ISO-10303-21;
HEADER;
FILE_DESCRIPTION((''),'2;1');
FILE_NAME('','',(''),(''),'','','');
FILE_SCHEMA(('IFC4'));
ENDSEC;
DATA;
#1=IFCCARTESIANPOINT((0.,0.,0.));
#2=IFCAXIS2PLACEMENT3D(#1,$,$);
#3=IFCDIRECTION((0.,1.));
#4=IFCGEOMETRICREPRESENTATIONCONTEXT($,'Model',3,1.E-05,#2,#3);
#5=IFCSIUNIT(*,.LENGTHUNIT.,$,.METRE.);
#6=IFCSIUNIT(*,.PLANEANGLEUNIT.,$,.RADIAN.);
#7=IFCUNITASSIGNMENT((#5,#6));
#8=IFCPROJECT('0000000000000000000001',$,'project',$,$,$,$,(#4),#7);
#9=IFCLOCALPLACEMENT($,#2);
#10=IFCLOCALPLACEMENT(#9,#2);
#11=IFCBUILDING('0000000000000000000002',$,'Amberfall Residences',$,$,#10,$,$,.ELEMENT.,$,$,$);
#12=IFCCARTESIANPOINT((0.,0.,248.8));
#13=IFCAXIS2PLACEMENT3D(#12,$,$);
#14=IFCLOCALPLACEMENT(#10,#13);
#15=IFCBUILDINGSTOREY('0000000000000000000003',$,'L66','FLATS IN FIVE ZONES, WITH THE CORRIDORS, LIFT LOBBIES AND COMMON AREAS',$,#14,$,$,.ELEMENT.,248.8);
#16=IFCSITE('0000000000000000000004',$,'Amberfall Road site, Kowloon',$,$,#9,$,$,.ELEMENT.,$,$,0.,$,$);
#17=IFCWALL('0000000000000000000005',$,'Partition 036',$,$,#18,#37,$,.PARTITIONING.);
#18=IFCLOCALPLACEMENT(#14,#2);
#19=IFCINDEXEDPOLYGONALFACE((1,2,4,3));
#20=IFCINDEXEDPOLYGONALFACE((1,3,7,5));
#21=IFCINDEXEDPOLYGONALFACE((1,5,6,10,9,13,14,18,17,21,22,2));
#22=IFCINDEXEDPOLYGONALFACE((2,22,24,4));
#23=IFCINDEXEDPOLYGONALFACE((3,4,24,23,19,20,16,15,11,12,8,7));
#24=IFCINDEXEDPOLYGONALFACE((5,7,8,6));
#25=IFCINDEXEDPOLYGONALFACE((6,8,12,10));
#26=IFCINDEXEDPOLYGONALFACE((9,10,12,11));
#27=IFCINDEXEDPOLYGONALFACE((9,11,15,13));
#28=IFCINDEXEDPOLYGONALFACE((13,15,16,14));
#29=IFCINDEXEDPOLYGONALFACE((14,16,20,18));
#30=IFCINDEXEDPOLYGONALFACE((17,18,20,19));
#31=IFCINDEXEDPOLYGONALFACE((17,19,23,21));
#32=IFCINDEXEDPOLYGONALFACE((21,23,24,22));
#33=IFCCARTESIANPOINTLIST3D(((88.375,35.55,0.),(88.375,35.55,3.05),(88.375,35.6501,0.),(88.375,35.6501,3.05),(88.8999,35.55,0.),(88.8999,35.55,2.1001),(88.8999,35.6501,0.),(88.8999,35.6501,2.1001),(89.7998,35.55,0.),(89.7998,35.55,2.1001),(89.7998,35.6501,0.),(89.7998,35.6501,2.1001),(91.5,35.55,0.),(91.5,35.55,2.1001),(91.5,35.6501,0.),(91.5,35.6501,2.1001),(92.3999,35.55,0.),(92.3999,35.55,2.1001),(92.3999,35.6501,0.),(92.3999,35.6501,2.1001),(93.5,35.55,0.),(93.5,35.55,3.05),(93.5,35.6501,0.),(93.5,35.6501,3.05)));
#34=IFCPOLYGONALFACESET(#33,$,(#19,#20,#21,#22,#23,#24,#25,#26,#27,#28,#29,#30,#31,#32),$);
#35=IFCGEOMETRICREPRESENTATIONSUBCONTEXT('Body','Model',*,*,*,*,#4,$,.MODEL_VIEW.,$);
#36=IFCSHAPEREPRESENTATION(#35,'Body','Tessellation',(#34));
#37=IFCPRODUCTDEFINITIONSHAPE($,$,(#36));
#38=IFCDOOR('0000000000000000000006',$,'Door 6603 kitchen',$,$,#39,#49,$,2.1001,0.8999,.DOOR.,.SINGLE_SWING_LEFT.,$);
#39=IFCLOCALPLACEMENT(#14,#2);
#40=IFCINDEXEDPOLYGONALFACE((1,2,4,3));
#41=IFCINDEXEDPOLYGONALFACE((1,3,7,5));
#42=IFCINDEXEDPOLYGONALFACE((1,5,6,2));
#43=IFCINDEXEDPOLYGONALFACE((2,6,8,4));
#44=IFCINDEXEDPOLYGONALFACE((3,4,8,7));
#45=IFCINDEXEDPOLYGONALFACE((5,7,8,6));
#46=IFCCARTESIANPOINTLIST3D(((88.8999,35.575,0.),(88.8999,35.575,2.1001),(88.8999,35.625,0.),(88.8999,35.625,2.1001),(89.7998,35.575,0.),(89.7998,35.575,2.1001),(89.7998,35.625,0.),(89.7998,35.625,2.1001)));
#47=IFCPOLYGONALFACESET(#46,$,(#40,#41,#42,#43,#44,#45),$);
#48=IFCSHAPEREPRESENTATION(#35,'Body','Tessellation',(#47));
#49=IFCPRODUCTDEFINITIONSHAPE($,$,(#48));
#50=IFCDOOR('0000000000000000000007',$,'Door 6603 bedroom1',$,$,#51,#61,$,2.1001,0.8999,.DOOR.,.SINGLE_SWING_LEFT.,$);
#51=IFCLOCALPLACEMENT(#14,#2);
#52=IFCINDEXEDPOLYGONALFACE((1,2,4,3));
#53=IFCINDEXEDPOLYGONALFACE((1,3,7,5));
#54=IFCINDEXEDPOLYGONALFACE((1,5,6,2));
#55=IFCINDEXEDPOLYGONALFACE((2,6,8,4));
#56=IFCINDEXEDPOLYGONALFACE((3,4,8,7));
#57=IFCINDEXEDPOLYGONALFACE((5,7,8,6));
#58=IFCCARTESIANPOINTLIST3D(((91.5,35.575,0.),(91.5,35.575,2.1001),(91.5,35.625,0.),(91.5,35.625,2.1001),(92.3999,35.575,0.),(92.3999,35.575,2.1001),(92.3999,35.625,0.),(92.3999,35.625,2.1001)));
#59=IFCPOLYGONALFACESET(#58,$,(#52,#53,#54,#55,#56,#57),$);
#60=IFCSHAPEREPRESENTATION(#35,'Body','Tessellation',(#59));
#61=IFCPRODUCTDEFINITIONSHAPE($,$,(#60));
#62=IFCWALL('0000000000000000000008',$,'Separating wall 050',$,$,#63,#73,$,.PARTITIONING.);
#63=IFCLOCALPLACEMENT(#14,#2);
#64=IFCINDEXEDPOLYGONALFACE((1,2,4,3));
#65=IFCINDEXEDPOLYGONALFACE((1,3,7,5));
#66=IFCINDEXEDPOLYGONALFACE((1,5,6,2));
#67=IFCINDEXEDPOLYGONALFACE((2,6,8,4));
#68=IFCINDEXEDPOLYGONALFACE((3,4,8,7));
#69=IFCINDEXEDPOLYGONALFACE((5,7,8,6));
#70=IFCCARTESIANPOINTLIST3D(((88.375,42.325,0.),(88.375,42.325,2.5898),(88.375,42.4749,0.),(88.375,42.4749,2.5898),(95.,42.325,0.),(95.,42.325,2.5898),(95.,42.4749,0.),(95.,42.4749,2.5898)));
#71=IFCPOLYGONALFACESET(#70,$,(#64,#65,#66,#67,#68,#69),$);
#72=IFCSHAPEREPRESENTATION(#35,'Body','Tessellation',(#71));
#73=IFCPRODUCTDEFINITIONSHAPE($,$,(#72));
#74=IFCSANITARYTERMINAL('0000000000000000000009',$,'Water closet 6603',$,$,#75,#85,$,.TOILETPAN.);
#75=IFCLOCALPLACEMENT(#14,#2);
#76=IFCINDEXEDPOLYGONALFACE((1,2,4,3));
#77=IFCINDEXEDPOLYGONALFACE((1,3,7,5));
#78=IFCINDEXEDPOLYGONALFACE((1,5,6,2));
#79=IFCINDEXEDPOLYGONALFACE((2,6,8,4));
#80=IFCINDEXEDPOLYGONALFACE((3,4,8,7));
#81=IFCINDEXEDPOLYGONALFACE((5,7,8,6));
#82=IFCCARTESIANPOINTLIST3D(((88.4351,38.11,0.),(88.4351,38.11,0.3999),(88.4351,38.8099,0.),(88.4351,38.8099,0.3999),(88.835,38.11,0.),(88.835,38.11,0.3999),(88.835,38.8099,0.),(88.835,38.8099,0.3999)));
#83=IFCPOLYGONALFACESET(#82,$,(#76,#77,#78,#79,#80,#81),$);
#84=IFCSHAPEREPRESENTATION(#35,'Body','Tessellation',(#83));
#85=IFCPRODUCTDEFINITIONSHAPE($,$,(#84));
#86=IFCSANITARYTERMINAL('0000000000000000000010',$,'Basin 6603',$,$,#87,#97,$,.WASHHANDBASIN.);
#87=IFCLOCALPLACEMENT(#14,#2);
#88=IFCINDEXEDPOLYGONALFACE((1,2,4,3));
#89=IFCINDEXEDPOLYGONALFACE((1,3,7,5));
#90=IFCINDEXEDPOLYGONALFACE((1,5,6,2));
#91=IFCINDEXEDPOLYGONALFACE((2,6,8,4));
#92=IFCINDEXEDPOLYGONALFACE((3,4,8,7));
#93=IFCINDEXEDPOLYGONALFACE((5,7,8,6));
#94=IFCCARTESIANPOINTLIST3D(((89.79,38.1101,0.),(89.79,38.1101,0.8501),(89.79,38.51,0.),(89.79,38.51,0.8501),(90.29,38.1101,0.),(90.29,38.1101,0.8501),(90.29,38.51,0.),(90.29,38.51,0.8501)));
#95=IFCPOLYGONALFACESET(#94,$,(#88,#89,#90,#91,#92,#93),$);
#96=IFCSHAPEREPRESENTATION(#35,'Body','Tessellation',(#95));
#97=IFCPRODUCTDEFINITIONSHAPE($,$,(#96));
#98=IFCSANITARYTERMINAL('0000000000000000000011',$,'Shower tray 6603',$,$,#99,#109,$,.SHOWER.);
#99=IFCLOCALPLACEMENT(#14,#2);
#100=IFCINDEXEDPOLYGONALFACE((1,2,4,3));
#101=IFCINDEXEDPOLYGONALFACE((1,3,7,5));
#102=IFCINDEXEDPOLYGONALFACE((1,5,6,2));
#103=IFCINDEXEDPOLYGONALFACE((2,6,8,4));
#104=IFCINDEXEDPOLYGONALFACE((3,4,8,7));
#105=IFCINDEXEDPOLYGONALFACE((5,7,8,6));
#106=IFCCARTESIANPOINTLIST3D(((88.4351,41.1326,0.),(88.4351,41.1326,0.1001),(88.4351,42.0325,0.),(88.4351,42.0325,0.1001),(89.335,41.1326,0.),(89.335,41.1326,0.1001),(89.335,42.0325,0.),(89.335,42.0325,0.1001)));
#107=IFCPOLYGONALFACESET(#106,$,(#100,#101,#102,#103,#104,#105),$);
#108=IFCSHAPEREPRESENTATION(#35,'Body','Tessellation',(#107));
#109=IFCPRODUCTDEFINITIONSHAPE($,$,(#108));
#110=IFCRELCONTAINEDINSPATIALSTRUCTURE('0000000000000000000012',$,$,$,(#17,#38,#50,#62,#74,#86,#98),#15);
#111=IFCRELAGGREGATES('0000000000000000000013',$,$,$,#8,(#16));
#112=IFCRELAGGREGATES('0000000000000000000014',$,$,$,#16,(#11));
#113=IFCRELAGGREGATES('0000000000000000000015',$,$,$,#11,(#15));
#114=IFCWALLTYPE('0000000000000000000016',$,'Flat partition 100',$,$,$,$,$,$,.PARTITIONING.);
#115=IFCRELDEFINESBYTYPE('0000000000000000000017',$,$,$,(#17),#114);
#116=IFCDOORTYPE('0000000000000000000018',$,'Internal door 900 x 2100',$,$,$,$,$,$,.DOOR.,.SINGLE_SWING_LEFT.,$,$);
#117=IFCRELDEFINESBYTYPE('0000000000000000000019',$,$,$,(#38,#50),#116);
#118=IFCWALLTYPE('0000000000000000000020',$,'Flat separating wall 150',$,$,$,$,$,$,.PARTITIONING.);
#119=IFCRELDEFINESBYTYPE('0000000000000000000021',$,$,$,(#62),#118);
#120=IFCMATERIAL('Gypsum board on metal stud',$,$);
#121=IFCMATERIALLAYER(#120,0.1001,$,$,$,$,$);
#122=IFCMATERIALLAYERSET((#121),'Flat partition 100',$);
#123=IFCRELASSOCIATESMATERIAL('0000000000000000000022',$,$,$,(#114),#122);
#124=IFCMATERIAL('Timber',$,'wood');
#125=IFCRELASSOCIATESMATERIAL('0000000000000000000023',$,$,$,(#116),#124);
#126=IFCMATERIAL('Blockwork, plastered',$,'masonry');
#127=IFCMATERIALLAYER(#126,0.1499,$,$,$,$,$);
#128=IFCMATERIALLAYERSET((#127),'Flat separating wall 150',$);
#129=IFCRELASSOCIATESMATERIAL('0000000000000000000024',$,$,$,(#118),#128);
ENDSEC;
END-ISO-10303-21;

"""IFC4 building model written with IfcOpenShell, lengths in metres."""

from ifc_helpers import new_model, si_unit, direction, frame, frame_2d, origin, origin_2d, place, context, subcontext, project, spatial, rectangle, extrude, material, layer, layer_set, type_object, element, fill, save


model = new_model("IFC4")

# Units and contexts
model_context = context("Model", 3, precision=1e-05, world=origin(), true_north=direction((0.0, 1.0)))
body_context = subcontext(model_context, "Body", "Model", "MODEL_VIEW")
ifc_project = project(units=[si_unit("LENGTHUNIT", "METRE"), si_unit("PLANEANGLEUNIT", "RADIAN")], contexts=[model_context])

# Site, building, storey
site_placement = place(None, origin())
site = spatial("IfcSite", under=ifc_project, at=site_placement, Name="Amberfall Road site, Kowloon", CompositionType="ELEMENT", RefElevation=0.0)
building_placement = place(site_placement, origin())
building = spatial("IfcBuilding", under=site, at=building_placement, Name="Amberfall Residences", CompositionType="ELEMENT")
storey_placement = place(building_placement, frame((0.0, 0.0, 248.8)))
storey = spatial("IfcBuildingStorey", under=building, at=storey_placement, Name="L66", Description="FLATS IN FIVE ZONES, WITH THE CORRIDORS, LIFT LOBBIES AND COMMON AREAS", CompositionType="ELEMENT", Elevation=248.8)

# Shared definitions
ifc_material_1 = material(Name="Gypsum board on metal stud")
ifc_layer_1 = layer(ifc_material_1, 0.1001)
ifc_layer_set_1 = layer_set([ifc_layer_1], Name="Flat partition 100")
wall_type_1 = type_object("IfcWallType", Name="Flat partition 100", PredefinedType="PARTITIONING", material=ifc_layer_set_1)
ifc_material_2 = material(Name="Timber", Category="wood")

# Wall, openings, doors
wall_1_placement = place(storey_placement, frame((88.375, 35.6001, 0.0), z_axis=(0.0, 0.0, 1.0), x_axis=(1.0, 0.0, 0.0)))
wall_1 = element("IfcWall", 1, at=wall_1_placement, inside=storey, type_object=wall_type_1, Name="Partition 036", PredefinedType="PARTITIONING", context=body_context, shape_type="SweptSolid", body=[
    extrude(rectangle(XDim=5.125, YDim=0.1001, at=frame_2d((2.5625, 0.0))), origin(), (0.0, 0.0, 1.0), 3.05),
])
opening_1_placement = place(wall_1_placement, frame((0.5249, 0.0, 0.0)))
opening_1 = element("IfcOpeningElement", 2, at=opening_1_placement, cuts=wall_1, PredefinedType="OPENING", context=body_context, shape_type="SweptSolid", body=[
    extrude(rectangle(XDim=0.8999, YDim=2.1001, at=frame_2d((0.45, 1.05))), frame((0.0, 0.0601, 0.0), z_axis=(0.0, -1.0, 0.0), x_axis=(1.0, 0.0, 0.0)), (0.0, 0.0, 1.0), 0.1201),
])
opening_2_placement = place(wall_1_placement, frame((3.125, 0.0, 0.0)))
opening_2 = element("IfcOpeningElement", 3, at=opening_2_placement, cuts=wall_1, PredefinedType="OPENING", context=body_context, shape_type="SweptSolid", body=[
    extrude(rectangle(XDim=0.8999, YDim=2.1001, at=frame_2d((0.45, 1.05))), frame((0.0, 0.0601, 0.0), z_axis=(0.0, -1.0, 0.0), x_axis=(1.0, 0.0, 0.0)), (0.0, 0.0, 1.0), 0.1201),
])
door_type_1 = type_object("IfcDoorType", Name="Internal door 900 x 2100", OperationType="SINGLE_SWING_LEFT", PredefinedType="DOOR", material=ifc_material_2)
door_1_placement = place(opening_1_placement, origin())
door_1 = element("IfcDoor", 4, at=door_1_placement, inside=storey, type_object=door_type_1, Name="Door 6603 kitchen", OperationType="SINGLE_SWING_LEFT", OverallHeight=2.1001, OverallWidth=0.8999, PredefinedType="DOOR", context=body_context, shape_type="SweptSolid", body=[
    extrude(rectangle(XDim=0.8999, YDim=2.1001, at=frame_2d((0.45, 1.05))), frame((0.0, 0.0249, 0.0), z_axis=(0.0, -1.0, 0.0), x_axis=(1.0, 0.0, 0.0)), (0.0, 0.0, 1.0), 0.05),
])
fill(opening_1, door_1)
door_2_placement = place(opening_2_placement, origin())
door_2 = element("IfcDoor", 5, at=door_2_placement, inside=storey, type_object=door_type_1, Name="Door 6603 bedroom1", OperationType="SINGLE_SWING_LEFT", OverallHeight=2.1001, OverallWidth=0.8999, PredefinedType="DOOR", context=body_context, shape_type="SweptSolid", body=[
    extrude(rectangle(XDim=0.8999, YDim=2.1001, at=frame_2d((0.45, 1.05))), frame((0.0, 0.0249, 0.0), z_axis=(0.0, -1.0, 0.0), x_axis=(1.0, 0.0, 0.0)), (0.0, 0.0, 1.0), 0.05),
])
fill(opening_2, door_2)

# Wall
ifc_material_3 = material(Name="Blockwork, plastered", Category="masonry")
ifc_layer_2 = layer(ifc_material_3, 0.1499)
ifc_layer_set_2 = layer_set([ifc_layer_2], Name="Flat separating wall 150")
wall_type_2 = type_object("IfcWallType", Name="Flat separating wall 150", PredefinedType="PARTITIONING", material=ifc_layer_set_2)
wall_2_placement = place(storey_placement, frame((88.375, 42.3999, 0.0), z_axis=(0.0, 0.0, 1.0), x_axis=(1.0, 0.0, 0.0)))
element("IfcWall", 6, at=wall_2_placement, inside=storey, type_object=wall_type_2, Name="Separating wall 050", PredefinedType="PARTITIONING", context=body_context, shape_type="SweptSolid", body=[
    extrude(rectangle(XDim=6.625, YDim=0.1499, at=frame_2d((3.3125, 0.0))), origin(), (0.0, 0.0, 1.0), 2.5898),
])

# Sanitary terminals
sanitary_terminal_1_placement = place(storey_placement, frame((88.635, 38.46, 0.0), z_axis=(0.0, 0.0, 1.0), x_axis=(1.0, 0.0, 0.0)))
element("IfcSanitaryTerminal", 7, at=sanitary_terminal_1_placement, inside=storey, Name="Water closet 6603", PredefinedType="TOILETPAN", context=body_context, shape_type="SweptSolid", body=[
    extrude(rectangle(XDim=0.3999, YDim=0.7, at=origin_2d()), origin(), (0.0, 0.0, 1.0), 0.3999),
])
sanitary_terminal_2_placement = place(storey_placement, frame((90.04, 38.3101, 0.0), z_axis=(0.0, 0.0, 1.0), x_axis=(1.0, 0.0, 0.0)))
element("IfcSanitaryTerminal", 8, at=sanitary_terminal_2_placement, inside=storey, Name="Basin 6603", PredefinedType="WASHHANDBASIN", context=body_context, shape_type="SweptSolid", body=[
    extrude(rectangle(XDim=0.5, YDim=0.3999, at=origin_2d()), origin(), (0.0, 0.0, 1.0), 0.8501),
])
sanitary_terminal_3_placement = place(storey_placement, frame((88.885, 41.5825, 0.0), z_axis=(0.0, 0.0, 1.0), x_axis=(1.0, 0.0, 0.0)))
element("IfcSanitaryTerminal", 9, at=sanitary_terminal_3_placement, inside=storey, Name="Shower tray 6603", PredefinedType="SHOWER", context=body_context, shape_type="SweptSolid", body=[
    extrude(rectangle(XDim=0.8999, YDim=0.8999, at=origin_2d()), origin(), (0.0, 0.0, 1.0), 0.1001),
])

save(model, "model.ifc")
